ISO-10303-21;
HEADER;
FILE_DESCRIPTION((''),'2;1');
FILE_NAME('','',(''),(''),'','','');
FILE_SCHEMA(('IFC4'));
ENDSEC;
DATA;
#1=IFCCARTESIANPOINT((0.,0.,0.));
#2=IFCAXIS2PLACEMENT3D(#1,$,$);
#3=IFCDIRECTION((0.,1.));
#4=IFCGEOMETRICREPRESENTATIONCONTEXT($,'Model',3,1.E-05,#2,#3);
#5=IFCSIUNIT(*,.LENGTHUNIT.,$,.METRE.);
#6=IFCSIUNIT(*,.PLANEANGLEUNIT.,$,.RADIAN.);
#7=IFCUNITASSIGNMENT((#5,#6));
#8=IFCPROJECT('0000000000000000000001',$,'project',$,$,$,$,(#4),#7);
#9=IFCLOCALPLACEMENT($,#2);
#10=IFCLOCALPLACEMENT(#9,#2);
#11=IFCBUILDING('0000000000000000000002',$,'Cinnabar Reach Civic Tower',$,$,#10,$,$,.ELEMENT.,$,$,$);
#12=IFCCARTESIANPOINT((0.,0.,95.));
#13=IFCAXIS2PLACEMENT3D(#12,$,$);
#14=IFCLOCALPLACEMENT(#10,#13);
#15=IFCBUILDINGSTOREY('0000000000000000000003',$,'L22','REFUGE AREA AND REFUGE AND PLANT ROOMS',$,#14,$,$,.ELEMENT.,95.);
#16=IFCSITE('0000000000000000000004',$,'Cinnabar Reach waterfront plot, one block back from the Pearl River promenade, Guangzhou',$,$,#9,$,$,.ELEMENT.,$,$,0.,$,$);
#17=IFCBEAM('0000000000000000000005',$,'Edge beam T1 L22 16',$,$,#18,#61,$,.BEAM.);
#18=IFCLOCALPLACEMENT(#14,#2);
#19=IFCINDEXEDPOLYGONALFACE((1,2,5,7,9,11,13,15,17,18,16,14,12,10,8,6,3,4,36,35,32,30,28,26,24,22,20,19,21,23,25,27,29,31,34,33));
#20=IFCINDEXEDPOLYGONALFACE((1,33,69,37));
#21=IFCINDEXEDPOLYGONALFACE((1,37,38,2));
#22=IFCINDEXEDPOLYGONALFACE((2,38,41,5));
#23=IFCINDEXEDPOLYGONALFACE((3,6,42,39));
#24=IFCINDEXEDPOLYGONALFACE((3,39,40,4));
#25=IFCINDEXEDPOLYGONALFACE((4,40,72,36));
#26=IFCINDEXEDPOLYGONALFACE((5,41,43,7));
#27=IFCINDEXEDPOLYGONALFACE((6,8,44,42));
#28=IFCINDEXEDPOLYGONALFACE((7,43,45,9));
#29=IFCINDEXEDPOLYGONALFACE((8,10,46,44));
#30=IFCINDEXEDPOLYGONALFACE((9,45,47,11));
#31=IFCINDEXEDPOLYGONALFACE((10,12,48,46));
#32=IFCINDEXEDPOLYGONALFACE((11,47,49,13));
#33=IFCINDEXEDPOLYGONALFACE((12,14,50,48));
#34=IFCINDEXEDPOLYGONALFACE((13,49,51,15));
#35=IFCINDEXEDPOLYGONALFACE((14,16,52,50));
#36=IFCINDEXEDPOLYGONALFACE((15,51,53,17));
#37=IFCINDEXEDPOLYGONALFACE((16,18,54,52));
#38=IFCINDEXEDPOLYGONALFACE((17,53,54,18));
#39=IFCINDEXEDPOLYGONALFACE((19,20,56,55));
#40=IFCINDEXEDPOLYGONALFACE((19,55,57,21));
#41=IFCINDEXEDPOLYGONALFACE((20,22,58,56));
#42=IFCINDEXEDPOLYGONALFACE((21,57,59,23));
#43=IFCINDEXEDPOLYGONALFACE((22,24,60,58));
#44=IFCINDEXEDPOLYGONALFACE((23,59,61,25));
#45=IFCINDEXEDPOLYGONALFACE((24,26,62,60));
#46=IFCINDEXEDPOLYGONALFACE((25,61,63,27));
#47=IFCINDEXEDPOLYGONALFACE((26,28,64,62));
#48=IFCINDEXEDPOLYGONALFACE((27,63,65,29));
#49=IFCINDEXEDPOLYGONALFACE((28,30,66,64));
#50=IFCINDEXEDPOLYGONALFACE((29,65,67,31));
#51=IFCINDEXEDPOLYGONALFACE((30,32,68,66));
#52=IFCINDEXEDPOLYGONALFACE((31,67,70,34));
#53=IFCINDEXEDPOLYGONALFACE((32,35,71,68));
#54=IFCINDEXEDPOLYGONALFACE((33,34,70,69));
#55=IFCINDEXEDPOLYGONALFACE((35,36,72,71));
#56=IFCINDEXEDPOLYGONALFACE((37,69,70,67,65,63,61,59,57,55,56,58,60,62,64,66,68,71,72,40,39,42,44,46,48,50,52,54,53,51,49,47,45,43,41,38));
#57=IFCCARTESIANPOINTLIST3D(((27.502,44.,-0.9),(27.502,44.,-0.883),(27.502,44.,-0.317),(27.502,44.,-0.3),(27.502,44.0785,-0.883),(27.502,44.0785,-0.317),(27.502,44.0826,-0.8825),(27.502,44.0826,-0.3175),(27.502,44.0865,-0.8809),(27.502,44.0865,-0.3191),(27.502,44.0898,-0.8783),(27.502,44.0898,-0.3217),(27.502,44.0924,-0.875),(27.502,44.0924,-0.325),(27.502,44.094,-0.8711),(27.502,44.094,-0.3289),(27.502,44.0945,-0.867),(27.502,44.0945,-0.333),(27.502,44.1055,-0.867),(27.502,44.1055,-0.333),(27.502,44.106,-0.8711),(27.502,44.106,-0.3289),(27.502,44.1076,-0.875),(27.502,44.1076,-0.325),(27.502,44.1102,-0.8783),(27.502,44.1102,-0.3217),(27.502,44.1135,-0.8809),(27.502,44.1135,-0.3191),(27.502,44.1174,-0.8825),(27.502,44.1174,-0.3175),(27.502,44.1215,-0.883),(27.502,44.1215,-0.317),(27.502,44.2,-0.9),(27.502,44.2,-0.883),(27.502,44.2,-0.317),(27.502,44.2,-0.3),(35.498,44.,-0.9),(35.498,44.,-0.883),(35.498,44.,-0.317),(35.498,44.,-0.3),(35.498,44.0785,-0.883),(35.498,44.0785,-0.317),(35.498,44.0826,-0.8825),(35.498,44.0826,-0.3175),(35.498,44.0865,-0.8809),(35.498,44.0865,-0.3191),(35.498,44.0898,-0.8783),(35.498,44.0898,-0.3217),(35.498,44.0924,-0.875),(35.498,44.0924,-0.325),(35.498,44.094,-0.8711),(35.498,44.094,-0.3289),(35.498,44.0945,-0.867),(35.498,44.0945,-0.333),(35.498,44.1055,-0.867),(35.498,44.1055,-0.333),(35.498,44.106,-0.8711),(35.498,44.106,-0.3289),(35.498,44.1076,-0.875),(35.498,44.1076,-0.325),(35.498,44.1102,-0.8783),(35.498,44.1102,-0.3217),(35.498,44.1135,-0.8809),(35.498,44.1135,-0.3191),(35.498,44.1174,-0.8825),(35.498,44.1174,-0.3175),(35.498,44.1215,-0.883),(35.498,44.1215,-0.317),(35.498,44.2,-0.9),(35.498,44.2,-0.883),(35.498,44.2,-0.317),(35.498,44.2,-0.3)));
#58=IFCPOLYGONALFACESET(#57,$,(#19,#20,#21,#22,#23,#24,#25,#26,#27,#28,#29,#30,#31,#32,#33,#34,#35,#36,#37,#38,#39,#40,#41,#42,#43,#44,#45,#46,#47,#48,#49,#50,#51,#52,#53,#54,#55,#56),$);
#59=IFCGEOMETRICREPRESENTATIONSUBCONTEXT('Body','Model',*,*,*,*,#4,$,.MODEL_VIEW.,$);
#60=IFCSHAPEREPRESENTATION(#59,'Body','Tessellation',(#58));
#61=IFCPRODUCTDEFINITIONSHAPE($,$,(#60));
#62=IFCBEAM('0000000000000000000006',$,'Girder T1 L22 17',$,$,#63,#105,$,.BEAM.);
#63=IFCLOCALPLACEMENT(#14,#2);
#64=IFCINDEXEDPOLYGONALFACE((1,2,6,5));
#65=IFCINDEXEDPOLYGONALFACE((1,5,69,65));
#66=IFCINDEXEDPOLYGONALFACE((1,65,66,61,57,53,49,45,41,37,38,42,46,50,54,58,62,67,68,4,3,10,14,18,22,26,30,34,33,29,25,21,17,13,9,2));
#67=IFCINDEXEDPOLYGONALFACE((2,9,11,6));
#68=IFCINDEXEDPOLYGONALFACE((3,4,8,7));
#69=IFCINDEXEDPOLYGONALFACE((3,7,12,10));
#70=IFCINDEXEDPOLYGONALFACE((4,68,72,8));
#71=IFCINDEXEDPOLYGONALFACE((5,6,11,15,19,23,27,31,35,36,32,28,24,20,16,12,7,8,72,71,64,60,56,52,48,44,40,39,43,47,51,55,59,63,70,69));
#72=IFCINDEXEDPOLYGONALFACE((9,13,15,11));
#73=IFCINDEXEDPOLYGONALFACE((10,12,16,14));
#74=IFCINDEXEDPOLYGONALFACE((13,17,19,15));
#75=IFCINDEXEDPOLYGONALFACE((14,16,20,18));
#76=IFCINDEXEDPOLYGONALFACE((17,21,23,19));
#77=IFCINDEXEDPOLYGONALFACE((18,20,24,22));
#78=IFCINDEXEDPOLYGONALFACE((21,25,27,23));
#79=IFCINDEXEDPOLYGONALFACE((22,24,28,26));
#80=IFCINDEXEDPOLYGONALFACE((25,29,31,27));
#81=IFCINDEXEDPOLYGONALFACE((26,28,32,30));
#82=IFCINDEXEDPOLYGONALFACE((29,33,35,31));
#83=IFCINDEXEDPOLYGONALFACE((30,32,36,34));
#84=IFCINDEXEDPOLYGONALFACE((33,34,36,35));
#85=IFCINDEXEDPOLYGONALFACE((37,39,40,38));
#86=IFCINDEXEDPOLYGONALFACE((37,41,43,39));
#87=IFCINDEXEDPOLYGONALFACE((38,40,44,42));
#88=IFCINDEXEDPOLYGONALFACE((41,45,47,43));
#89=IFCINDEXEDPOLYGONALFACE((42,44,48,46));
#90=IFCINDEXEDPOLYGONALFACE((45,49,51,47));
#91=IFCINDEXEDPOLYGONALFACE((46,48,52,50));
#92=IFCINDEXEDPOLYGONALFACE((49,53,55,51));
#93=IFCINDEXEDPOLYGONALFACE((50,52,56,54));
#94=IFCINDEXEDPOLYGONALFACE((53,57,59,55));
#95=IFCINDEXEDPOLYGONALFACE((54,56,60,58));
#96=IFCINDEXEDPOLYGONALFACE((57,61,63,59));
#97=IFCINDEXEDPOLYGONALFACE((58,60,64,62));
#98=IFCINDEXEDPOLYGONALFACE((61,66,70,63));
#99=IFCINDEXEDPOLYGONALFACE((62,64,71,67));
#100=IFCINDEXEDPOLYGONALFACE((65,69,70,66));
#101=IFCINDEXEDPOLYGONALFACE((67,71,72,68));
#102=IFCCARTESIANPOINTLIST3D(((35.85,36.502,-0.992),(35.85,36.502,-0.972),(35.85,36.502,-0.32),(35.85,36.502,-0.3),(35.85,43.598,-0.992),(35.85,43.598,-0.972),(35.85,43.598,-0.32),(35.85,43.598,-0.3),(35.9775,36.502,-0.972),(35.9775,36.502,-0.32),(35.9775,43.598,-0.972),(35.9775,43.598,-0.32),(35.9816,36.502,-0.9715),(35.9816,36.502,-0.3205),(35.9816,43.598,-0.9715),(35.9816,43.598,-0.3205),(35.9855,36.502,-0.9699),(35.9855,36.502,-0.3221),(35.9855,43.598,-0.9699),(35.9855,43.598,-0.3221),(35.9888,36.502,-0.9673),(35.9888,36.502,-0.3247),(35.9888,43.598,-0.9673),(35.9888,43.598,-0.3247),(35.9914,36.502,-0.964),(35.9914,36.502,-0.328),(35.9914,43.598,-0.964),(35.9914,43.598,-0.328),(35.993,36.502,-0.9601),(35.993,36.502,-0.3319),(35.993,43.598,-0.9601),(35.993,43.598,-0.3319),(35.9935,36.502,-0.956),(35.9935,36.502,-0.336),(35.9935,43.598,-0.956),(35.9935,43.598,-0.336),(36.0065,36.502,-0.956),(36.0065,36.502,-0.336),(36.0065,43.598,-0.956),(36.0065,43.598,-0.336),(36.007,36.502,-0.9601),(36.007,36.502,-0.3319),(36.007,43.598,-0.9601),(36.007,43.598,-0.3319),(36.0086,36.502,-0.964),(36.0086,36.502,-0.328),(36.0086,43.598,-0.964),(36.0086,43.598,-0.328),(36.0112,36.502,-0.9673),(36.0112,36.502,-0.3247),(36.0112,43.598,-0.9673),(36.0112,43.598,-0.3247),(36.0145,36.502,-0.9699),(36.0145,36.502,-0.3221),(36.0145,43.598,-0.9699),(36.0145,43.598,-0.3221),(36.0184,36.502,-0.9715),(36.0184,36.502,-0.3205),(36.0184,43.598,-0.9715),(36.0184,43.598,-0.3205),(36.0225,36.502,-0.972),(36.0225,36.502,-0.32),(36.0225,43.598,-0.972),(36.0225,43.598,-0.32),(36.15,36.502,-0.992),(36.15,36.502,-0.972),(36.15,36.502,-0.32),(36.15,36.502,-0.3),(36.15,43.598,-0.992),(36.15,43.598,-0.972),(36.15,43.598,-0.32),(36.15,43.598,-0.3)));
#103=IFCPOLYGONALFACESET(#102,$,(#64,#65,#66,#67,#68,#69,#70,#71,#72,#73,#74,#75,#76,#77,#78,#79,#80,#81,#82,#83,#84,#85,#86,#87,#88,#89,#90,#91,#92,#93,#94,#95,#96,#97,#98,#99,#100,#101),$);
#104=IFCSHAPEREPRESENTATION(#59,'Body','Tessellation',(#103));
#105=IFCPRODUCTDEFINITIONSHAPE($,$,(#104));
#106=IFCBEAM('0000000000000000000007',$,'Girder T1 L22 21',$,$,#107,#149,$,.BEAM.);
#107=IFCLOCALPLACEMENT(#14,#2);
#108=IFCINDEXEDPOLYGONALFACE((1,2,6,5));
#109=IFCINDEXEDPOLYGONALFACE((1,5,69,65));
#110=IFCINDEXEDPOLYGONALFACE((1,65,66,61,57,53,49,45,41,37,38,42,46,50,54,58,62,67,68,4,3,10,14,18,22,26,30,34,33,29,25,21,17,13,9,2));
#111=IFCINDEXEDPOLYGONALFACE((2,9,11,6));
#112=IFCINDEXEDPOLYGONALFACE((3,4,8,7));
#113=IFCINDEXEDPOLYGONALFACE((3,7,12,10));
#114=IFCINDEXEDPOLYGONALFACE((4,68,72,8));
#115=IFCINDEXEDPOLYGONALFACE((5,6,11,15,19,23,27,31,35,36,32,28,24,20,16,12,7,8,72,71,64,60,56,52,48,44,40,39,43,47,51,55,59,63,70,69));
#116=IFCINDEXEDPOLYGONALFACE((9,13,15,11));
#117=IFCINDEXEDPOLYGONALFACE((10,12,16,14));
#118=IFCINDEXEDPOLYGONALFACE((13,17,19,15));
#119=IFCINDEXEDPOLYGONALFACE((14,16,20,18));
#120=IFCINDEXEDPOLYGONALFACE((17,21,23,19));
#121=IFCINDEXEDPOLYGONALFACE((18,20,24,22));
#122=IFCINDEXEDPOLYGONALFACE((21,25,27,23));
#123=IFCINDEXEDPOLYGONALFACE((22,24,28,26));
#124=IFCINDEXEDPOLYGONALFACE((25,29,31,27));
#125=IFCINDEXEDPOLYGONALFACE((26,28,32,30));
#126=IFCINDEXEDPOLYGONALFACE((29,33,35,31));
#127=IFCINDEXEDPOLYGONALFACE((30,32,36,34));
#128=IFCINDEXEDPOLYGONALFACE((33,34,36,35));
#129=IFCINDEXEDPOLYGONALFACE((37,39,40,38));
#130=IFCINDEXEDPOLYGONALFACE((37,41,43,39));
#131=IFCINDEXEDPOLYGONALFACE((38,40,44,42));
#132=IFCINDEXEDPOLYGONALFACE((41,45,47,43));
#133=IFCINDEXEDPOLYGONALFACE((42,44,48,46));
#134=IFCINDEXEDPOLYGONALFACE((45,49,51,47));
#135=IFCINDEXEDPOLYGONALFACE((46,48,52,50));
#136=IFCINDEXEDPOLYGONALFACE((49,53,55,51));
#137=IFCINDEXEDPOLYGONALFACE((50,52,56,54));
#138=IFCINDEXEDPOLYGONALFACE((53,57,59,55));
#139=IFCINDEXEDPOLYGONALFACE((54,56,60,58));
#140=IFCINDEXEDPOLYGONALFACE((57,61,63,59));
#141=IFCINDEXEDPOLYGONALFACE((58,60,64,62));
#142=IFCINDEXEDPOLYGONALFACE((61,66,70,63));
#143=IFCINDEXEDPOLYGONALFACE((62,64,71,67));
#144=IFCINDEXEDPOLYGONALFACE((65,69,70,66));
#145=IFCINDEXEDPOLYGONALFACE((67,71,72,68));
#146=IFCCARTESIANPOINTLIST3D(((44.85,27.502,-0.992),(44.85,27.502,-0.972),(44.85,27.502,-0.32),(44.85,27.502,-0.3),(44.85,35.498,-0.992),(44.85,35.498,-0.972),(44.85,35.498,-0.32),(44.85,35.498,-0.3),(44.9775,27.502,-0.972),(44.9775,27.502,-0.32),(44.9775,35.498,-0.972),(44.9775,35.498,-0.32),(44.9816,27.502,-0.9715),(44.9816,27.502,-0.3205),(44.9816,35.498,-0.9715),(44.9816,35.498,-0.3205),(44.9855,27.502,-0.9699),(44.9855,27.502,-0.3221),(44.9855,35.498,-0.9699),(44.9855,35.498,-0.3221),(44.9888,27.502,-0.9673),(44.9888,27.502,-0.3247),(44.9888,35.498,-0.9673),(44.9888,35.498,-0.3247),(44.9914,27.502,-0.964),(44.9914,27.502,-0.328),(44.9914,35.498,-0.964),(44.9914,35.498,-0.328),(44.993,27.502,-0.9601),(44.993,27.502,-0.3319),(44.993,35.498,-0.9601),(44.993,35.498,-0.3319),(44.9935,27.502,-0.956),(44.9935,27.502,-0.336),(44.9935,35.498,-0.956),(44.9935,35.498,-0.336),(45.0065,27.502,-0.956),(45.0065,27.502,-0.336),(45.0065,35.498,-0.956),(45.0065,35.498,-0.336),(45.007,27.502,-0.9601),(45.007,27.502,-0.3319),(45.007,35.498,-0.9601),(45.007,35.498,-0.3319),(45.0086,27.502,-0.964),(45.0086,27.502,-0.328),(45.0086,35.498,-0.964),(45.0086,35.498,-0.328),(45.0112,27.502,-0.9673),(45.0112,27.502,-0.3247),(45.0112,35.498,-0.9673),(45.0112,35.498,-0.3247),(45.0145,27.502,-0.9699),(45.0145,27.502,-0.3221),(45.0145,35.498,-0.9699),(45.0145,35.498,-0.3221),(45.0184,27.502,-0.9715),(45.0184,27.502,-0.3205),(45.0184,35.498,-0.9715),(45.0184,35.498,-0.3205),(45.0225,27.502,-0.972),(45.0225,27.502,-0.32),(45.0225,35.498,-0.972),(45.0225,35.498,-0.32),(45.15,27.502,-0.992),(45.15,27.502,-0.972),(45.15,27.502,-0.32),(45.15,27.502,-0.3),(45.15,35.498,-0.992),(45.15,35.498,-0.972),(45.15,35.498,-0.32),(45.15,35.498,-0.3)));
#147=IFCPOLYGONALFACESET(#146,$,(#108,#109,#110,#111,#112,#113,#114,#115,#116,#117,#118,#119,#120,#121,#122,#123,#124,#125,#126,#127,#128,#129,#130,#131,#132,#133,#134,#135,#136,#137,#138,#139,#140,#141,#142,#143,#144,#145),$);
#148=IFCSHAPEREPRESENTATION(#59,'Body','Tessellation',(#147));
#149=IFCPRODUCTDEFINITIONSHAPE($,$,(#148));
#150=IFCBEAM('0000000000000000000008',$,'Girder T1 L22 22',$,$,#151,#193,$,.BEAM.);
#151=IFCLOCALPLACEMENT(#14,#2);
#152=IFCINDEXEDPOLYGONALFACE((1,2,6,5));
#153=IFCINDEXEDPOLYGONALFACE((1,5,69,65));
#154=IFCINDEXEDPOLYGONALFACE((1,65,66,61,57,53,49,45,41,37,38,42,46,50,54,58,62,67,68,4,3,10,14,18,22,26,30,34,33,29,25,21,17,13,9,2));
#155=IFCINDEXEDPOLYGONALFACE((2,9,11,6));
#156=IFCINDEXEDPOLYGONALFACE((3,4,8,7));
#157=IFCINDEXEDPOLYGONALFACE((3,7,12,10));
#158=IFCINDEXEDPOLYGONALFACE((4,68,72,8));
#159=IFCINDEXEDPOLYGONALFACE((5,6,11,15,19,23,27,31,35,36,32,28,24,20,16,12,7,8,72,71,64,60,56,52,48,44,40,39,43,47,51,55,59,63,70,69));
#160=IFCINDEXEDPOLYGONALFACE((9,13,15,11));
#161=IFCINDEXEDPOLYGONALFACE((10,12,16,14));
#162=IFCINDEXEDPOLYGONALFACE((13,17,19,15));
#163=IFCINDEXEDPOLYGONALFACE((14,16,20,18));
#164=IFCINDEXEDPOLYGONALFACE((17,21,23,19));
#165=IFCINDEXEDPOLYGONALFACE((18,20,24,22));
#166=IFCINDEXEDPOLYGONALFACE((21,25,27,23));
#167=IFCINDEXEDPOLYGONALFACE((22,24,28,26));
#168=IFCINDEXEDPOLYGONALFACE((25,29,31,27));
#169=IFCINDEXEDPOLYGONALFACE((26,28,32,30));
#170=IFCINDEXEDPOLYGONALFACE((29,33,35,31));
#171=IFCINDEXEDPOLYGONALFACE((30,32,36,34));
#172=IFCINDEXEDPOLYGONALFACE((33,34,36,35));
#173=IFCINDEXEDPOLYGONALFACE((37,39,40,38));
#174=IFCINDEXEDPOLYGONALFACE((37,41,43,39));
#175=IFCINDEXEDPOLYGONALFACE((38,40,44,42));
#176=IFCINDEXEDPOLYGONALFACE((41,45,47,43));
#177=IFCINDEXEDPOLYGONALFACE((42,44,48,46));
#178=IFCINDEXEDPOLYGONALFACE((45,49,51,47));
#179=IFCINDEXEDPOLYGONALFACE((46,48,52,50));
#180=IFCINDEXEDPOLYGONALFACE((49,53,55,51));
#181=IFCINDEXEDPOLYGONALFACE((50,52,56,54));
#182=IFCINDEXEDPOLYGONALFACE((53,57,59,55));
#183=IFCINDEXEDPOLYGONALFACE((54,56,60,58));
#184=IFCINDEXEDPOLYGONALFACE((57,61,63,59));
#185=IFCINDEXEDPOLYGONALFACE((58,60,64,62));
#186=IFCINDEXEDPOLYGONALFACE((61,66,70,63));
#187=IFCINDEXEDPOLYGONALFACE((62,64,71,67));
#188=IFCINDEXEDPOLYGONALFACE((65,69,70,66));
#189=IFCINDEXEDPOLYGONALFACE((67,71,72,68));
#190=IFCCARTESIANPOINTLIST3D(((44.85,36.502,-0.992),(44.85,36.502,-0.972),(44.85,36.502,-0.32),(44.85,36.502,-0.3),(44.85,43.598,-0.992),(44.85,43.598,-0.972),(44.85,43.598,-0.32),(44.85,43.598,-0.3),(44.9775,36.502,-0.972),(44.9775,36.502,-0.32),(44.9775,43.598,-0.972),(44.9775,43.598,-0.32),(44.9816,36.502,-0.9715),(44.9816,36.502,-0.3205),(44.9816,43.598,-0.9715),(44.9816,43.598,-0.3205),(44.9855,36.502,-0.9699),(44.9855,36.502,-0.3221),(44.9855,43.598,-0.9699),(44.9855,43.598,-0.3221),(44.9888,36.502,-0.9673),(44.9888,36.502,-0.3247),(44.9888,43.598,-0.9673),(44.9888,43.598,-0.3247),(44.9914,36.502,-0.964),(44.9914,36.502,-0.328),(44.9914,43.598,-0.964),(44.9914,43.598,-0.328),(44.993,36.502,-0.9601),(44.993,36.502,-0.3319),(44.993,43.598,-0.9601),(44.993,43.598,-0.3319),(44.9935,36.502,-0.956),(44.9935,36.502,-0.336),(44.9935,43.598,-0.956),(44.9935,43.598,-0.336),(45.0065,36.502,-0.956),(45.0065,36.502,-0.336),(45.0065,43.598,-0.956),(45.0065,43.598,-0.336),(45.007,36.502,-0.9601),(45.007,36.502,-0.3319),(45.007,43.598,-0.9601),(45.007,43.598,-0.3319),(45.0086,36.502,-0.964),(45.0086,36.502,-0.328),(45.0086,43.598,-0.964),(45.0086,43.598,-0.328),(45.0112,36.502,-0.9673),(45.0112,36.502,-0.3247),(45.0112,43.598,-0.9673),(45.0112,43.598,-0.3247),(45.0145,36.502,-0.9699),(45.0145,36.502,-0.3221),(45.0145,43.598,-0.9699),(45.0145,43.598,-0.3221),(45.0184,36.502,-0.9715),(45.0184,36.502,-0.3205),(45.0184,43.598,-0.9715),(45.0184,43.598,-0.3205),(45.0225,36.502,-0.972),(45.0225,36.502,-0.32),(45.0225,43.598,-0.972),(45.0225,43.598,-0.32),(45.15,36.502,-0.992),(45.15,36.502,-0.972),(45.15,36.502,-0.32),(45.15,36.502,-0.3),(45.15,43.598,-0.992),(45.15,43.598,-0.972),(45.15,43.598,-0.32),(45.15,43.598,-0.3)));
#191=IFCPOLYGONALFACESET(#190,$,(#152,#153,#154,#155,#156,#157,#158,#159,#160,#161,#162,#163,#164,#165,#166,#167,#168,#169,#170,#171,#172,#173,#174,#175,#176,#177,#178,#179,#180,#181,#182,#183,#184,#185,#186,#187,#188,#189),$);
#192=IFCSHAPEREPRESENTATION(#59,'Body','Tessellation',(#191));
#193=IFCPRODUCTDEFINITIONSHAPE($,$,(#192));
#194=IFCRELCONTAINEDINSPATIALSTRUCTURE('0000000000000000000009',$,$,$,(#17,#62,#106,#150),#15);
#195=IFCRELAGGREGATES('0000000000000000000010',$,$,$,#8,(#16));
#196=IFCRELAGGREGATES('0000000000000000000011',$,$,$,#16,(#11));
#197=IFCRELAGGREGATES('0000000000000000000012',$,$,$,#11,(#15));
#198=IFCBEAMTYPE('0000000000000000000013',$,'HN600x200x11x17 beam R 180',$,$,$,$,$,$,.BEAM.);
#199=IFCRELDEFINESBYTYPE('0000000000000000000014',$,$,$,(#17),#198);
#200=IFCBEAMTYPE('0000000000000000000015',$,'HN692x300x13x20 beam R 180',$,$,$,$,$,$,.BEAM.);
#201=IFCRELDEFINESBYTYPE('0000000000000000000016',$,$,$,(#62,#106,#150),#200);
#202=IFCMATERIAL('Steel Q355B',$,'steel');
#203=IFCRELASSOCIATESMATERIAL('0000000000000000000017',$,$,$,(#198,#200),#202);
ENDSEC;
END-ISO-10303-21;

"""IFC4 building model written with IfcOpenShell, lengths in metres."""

from ifc_helpers import new_model, si_unit, direction, frame, origin, origin_2d, place, context, subcontext, project, spatial, i_section, extrude, material, material_profile, profile_set, type_object, element, save


model = new_model("IFC4")

# Units and contexts
model_context = context("Model", 3, precision=1e-05, world=origin(), true_north=direction((0.0, 1.0)))
body_context = subcontext(model_context, "Body", "Model", "MODEL_VIEW")
ifc_project = project(units=[si_unit("LENGTHUNIT", "METRE"), si_unit("PLANEANGLEUNIT", "RADIAN")], contexts=[model_context])

# Site, building, storey
site_placement = place(None, origin())
site = spatial("IfcSite", under=ifc_project, at=site_placement, Name="Cinnabar Reach waterfront plot, one block back from the Pearl River promenade, Guangzhou", CompositionType="ELEMENT", RefElevation=0.0)
building_placement = place(site_placement, origin())
building = spatial("IfcBuilding", under=site, at=building_placement, Name="Cinnabar Reach Civic Tower", CompositionType="ELEMENT")
storey_placement = place(building_placement, frame((0.0, 0.0, 95.0)))
storey = spatial("IfcBuildingStorey", under=building, at=storey_placement, Name="L22", Description="REFUGE AREA AND REFUGE AND PLANT ROOMS", CompositionType="ELEMENT", Elevation=95.0)

# Beams
ifc_material_1 = material(Name="Steel Q355B", Category="steel")
ifc_material_profile_1 = material_profile(ifc_material_1, i_section(OverallWidth=0.2, OverallDepth=0.6, WebThickness=0.011, FlangeThickness=0.017, FilletRadius=0.016, at=origin_2d()), Name="HN600x200x11x17")
ifc_profile_set_1 = profile_set([ifc_material_profile_1], Name="Steel Q355B")
beam_type_1 = type_object("IfcBeamType", Name="HN600x200x11x17 beam R 180", PredefinedType="BEAM", material=ifc_profile_set_1)
for number, where, z_axis, x_axis, name in (
    (1, (35.498, 44.1, -0.6), (-1.0, 0.0, 0.0), (0.0, -1.0, 0.0), "Edge beam T1 L22 16"),
):
    element("IfcBeam", number, at=place(storey_placement, frame(where, z_axis=z_axis, x_axis=x_axis)), inside=storey, type_object=beam_type_1, Name=name, PredefinedType="BEAM", context=body_context, shape_type="SweptSolid", body=[
        extrude(i_section(OverallWidth=0.2, OverallDepth=0.6, WebThickness=0.011, FlangeThickness=0.017, FilletRadius=0.016, at=origin_2d()), origin(), (0.0, 0.0, 1.0), 7.996),
    ])
ifc_material_profile_2 = material_profile(ifc_material_1, i_section(OverallWidth=0.3, OverallDepth=0.692, WebThickness=0.013, FlangeThickness=0.02, FilletRadius=0.016, at=origin_2d()), Name="HN692x300x13x20")
ifc_profile_set_2 = profile_set([ifc_material_profile_2], Name="Steel Q355B")
beam_type_2 = type_object("IfcBeamType", Name="HN692x300x13x20 beam R 180", PredefinedType="BEAM", material=ifc_profile_set_2)
beam_1_placement = place(storey_placement, frame((36.0, 36.502, -0.646), z_axis=(0.0, 1.0, 0.0), x_axis=(-1.0, 0.0, 0.0)))
element("IfcBeam", 2, at=beam_1_placement, inside=storey, type_object=beam_type_2, Name="Girder T1 L22 17", PredefinedType="BEAM", context=body_context, shape_type="SweptSolid", body=[
    extrude(i_section(OverallWidth=0.3, OverallDepth=0.692, WebThickness=0.013, FlangeThickness=0.02, FilletRadius=0.016, at=origin_2d()), origin(), (0.0, 0.0, 1.0), 7.096),
])
beam_2_placement = place(storey_placement, frame((45.0, 27.502, -0.646), z_axis=(0.0, 1.0, 0.0), x_axis=(-1.0, 0.0, 0.0)))
element("IfcBeam", 3, at=beam_2_placement, inside=storey, type_object=beam_type_2, Name="Girder T1 L22 21", PredefinedType="BEAM", context=body_context, shape_type="SweptSolid", body=[
    extrude(i_section(OverallWidth=0.3, OverallDepth=0.692, WebThickness=0.013, FlangeThickness=0.02, FilletRadius=0.016, at=origin_2d()), origin(), (0.0, 0.0, 1.0), 7.996),
])
beam_3_placement = place(storey_placement, frame((45.0, 36.502, -0.646), z_axis=(0.0, 1.0, 0.0), x_axis=(-1.0, 0.0, 0.0)))
element("IfcBeam", 4, at=beam_3_placement, inside=storey, type_object=beam_type_2, Name="Girder T1 L22 22", PredefinedType="BEAM", context=body_context, shape_type="SweptSolid", body=[
    extrude(i_section(OverallWidth=0.3, OverallDepth=0.692, WebThickness=0.013, FlangeThickness=0.02, FilletRadius=0.016, at=origin_2d()), origin(), (0.0, 0.0, 1.0), 7.096),
])

save(model, "model.ifc")
